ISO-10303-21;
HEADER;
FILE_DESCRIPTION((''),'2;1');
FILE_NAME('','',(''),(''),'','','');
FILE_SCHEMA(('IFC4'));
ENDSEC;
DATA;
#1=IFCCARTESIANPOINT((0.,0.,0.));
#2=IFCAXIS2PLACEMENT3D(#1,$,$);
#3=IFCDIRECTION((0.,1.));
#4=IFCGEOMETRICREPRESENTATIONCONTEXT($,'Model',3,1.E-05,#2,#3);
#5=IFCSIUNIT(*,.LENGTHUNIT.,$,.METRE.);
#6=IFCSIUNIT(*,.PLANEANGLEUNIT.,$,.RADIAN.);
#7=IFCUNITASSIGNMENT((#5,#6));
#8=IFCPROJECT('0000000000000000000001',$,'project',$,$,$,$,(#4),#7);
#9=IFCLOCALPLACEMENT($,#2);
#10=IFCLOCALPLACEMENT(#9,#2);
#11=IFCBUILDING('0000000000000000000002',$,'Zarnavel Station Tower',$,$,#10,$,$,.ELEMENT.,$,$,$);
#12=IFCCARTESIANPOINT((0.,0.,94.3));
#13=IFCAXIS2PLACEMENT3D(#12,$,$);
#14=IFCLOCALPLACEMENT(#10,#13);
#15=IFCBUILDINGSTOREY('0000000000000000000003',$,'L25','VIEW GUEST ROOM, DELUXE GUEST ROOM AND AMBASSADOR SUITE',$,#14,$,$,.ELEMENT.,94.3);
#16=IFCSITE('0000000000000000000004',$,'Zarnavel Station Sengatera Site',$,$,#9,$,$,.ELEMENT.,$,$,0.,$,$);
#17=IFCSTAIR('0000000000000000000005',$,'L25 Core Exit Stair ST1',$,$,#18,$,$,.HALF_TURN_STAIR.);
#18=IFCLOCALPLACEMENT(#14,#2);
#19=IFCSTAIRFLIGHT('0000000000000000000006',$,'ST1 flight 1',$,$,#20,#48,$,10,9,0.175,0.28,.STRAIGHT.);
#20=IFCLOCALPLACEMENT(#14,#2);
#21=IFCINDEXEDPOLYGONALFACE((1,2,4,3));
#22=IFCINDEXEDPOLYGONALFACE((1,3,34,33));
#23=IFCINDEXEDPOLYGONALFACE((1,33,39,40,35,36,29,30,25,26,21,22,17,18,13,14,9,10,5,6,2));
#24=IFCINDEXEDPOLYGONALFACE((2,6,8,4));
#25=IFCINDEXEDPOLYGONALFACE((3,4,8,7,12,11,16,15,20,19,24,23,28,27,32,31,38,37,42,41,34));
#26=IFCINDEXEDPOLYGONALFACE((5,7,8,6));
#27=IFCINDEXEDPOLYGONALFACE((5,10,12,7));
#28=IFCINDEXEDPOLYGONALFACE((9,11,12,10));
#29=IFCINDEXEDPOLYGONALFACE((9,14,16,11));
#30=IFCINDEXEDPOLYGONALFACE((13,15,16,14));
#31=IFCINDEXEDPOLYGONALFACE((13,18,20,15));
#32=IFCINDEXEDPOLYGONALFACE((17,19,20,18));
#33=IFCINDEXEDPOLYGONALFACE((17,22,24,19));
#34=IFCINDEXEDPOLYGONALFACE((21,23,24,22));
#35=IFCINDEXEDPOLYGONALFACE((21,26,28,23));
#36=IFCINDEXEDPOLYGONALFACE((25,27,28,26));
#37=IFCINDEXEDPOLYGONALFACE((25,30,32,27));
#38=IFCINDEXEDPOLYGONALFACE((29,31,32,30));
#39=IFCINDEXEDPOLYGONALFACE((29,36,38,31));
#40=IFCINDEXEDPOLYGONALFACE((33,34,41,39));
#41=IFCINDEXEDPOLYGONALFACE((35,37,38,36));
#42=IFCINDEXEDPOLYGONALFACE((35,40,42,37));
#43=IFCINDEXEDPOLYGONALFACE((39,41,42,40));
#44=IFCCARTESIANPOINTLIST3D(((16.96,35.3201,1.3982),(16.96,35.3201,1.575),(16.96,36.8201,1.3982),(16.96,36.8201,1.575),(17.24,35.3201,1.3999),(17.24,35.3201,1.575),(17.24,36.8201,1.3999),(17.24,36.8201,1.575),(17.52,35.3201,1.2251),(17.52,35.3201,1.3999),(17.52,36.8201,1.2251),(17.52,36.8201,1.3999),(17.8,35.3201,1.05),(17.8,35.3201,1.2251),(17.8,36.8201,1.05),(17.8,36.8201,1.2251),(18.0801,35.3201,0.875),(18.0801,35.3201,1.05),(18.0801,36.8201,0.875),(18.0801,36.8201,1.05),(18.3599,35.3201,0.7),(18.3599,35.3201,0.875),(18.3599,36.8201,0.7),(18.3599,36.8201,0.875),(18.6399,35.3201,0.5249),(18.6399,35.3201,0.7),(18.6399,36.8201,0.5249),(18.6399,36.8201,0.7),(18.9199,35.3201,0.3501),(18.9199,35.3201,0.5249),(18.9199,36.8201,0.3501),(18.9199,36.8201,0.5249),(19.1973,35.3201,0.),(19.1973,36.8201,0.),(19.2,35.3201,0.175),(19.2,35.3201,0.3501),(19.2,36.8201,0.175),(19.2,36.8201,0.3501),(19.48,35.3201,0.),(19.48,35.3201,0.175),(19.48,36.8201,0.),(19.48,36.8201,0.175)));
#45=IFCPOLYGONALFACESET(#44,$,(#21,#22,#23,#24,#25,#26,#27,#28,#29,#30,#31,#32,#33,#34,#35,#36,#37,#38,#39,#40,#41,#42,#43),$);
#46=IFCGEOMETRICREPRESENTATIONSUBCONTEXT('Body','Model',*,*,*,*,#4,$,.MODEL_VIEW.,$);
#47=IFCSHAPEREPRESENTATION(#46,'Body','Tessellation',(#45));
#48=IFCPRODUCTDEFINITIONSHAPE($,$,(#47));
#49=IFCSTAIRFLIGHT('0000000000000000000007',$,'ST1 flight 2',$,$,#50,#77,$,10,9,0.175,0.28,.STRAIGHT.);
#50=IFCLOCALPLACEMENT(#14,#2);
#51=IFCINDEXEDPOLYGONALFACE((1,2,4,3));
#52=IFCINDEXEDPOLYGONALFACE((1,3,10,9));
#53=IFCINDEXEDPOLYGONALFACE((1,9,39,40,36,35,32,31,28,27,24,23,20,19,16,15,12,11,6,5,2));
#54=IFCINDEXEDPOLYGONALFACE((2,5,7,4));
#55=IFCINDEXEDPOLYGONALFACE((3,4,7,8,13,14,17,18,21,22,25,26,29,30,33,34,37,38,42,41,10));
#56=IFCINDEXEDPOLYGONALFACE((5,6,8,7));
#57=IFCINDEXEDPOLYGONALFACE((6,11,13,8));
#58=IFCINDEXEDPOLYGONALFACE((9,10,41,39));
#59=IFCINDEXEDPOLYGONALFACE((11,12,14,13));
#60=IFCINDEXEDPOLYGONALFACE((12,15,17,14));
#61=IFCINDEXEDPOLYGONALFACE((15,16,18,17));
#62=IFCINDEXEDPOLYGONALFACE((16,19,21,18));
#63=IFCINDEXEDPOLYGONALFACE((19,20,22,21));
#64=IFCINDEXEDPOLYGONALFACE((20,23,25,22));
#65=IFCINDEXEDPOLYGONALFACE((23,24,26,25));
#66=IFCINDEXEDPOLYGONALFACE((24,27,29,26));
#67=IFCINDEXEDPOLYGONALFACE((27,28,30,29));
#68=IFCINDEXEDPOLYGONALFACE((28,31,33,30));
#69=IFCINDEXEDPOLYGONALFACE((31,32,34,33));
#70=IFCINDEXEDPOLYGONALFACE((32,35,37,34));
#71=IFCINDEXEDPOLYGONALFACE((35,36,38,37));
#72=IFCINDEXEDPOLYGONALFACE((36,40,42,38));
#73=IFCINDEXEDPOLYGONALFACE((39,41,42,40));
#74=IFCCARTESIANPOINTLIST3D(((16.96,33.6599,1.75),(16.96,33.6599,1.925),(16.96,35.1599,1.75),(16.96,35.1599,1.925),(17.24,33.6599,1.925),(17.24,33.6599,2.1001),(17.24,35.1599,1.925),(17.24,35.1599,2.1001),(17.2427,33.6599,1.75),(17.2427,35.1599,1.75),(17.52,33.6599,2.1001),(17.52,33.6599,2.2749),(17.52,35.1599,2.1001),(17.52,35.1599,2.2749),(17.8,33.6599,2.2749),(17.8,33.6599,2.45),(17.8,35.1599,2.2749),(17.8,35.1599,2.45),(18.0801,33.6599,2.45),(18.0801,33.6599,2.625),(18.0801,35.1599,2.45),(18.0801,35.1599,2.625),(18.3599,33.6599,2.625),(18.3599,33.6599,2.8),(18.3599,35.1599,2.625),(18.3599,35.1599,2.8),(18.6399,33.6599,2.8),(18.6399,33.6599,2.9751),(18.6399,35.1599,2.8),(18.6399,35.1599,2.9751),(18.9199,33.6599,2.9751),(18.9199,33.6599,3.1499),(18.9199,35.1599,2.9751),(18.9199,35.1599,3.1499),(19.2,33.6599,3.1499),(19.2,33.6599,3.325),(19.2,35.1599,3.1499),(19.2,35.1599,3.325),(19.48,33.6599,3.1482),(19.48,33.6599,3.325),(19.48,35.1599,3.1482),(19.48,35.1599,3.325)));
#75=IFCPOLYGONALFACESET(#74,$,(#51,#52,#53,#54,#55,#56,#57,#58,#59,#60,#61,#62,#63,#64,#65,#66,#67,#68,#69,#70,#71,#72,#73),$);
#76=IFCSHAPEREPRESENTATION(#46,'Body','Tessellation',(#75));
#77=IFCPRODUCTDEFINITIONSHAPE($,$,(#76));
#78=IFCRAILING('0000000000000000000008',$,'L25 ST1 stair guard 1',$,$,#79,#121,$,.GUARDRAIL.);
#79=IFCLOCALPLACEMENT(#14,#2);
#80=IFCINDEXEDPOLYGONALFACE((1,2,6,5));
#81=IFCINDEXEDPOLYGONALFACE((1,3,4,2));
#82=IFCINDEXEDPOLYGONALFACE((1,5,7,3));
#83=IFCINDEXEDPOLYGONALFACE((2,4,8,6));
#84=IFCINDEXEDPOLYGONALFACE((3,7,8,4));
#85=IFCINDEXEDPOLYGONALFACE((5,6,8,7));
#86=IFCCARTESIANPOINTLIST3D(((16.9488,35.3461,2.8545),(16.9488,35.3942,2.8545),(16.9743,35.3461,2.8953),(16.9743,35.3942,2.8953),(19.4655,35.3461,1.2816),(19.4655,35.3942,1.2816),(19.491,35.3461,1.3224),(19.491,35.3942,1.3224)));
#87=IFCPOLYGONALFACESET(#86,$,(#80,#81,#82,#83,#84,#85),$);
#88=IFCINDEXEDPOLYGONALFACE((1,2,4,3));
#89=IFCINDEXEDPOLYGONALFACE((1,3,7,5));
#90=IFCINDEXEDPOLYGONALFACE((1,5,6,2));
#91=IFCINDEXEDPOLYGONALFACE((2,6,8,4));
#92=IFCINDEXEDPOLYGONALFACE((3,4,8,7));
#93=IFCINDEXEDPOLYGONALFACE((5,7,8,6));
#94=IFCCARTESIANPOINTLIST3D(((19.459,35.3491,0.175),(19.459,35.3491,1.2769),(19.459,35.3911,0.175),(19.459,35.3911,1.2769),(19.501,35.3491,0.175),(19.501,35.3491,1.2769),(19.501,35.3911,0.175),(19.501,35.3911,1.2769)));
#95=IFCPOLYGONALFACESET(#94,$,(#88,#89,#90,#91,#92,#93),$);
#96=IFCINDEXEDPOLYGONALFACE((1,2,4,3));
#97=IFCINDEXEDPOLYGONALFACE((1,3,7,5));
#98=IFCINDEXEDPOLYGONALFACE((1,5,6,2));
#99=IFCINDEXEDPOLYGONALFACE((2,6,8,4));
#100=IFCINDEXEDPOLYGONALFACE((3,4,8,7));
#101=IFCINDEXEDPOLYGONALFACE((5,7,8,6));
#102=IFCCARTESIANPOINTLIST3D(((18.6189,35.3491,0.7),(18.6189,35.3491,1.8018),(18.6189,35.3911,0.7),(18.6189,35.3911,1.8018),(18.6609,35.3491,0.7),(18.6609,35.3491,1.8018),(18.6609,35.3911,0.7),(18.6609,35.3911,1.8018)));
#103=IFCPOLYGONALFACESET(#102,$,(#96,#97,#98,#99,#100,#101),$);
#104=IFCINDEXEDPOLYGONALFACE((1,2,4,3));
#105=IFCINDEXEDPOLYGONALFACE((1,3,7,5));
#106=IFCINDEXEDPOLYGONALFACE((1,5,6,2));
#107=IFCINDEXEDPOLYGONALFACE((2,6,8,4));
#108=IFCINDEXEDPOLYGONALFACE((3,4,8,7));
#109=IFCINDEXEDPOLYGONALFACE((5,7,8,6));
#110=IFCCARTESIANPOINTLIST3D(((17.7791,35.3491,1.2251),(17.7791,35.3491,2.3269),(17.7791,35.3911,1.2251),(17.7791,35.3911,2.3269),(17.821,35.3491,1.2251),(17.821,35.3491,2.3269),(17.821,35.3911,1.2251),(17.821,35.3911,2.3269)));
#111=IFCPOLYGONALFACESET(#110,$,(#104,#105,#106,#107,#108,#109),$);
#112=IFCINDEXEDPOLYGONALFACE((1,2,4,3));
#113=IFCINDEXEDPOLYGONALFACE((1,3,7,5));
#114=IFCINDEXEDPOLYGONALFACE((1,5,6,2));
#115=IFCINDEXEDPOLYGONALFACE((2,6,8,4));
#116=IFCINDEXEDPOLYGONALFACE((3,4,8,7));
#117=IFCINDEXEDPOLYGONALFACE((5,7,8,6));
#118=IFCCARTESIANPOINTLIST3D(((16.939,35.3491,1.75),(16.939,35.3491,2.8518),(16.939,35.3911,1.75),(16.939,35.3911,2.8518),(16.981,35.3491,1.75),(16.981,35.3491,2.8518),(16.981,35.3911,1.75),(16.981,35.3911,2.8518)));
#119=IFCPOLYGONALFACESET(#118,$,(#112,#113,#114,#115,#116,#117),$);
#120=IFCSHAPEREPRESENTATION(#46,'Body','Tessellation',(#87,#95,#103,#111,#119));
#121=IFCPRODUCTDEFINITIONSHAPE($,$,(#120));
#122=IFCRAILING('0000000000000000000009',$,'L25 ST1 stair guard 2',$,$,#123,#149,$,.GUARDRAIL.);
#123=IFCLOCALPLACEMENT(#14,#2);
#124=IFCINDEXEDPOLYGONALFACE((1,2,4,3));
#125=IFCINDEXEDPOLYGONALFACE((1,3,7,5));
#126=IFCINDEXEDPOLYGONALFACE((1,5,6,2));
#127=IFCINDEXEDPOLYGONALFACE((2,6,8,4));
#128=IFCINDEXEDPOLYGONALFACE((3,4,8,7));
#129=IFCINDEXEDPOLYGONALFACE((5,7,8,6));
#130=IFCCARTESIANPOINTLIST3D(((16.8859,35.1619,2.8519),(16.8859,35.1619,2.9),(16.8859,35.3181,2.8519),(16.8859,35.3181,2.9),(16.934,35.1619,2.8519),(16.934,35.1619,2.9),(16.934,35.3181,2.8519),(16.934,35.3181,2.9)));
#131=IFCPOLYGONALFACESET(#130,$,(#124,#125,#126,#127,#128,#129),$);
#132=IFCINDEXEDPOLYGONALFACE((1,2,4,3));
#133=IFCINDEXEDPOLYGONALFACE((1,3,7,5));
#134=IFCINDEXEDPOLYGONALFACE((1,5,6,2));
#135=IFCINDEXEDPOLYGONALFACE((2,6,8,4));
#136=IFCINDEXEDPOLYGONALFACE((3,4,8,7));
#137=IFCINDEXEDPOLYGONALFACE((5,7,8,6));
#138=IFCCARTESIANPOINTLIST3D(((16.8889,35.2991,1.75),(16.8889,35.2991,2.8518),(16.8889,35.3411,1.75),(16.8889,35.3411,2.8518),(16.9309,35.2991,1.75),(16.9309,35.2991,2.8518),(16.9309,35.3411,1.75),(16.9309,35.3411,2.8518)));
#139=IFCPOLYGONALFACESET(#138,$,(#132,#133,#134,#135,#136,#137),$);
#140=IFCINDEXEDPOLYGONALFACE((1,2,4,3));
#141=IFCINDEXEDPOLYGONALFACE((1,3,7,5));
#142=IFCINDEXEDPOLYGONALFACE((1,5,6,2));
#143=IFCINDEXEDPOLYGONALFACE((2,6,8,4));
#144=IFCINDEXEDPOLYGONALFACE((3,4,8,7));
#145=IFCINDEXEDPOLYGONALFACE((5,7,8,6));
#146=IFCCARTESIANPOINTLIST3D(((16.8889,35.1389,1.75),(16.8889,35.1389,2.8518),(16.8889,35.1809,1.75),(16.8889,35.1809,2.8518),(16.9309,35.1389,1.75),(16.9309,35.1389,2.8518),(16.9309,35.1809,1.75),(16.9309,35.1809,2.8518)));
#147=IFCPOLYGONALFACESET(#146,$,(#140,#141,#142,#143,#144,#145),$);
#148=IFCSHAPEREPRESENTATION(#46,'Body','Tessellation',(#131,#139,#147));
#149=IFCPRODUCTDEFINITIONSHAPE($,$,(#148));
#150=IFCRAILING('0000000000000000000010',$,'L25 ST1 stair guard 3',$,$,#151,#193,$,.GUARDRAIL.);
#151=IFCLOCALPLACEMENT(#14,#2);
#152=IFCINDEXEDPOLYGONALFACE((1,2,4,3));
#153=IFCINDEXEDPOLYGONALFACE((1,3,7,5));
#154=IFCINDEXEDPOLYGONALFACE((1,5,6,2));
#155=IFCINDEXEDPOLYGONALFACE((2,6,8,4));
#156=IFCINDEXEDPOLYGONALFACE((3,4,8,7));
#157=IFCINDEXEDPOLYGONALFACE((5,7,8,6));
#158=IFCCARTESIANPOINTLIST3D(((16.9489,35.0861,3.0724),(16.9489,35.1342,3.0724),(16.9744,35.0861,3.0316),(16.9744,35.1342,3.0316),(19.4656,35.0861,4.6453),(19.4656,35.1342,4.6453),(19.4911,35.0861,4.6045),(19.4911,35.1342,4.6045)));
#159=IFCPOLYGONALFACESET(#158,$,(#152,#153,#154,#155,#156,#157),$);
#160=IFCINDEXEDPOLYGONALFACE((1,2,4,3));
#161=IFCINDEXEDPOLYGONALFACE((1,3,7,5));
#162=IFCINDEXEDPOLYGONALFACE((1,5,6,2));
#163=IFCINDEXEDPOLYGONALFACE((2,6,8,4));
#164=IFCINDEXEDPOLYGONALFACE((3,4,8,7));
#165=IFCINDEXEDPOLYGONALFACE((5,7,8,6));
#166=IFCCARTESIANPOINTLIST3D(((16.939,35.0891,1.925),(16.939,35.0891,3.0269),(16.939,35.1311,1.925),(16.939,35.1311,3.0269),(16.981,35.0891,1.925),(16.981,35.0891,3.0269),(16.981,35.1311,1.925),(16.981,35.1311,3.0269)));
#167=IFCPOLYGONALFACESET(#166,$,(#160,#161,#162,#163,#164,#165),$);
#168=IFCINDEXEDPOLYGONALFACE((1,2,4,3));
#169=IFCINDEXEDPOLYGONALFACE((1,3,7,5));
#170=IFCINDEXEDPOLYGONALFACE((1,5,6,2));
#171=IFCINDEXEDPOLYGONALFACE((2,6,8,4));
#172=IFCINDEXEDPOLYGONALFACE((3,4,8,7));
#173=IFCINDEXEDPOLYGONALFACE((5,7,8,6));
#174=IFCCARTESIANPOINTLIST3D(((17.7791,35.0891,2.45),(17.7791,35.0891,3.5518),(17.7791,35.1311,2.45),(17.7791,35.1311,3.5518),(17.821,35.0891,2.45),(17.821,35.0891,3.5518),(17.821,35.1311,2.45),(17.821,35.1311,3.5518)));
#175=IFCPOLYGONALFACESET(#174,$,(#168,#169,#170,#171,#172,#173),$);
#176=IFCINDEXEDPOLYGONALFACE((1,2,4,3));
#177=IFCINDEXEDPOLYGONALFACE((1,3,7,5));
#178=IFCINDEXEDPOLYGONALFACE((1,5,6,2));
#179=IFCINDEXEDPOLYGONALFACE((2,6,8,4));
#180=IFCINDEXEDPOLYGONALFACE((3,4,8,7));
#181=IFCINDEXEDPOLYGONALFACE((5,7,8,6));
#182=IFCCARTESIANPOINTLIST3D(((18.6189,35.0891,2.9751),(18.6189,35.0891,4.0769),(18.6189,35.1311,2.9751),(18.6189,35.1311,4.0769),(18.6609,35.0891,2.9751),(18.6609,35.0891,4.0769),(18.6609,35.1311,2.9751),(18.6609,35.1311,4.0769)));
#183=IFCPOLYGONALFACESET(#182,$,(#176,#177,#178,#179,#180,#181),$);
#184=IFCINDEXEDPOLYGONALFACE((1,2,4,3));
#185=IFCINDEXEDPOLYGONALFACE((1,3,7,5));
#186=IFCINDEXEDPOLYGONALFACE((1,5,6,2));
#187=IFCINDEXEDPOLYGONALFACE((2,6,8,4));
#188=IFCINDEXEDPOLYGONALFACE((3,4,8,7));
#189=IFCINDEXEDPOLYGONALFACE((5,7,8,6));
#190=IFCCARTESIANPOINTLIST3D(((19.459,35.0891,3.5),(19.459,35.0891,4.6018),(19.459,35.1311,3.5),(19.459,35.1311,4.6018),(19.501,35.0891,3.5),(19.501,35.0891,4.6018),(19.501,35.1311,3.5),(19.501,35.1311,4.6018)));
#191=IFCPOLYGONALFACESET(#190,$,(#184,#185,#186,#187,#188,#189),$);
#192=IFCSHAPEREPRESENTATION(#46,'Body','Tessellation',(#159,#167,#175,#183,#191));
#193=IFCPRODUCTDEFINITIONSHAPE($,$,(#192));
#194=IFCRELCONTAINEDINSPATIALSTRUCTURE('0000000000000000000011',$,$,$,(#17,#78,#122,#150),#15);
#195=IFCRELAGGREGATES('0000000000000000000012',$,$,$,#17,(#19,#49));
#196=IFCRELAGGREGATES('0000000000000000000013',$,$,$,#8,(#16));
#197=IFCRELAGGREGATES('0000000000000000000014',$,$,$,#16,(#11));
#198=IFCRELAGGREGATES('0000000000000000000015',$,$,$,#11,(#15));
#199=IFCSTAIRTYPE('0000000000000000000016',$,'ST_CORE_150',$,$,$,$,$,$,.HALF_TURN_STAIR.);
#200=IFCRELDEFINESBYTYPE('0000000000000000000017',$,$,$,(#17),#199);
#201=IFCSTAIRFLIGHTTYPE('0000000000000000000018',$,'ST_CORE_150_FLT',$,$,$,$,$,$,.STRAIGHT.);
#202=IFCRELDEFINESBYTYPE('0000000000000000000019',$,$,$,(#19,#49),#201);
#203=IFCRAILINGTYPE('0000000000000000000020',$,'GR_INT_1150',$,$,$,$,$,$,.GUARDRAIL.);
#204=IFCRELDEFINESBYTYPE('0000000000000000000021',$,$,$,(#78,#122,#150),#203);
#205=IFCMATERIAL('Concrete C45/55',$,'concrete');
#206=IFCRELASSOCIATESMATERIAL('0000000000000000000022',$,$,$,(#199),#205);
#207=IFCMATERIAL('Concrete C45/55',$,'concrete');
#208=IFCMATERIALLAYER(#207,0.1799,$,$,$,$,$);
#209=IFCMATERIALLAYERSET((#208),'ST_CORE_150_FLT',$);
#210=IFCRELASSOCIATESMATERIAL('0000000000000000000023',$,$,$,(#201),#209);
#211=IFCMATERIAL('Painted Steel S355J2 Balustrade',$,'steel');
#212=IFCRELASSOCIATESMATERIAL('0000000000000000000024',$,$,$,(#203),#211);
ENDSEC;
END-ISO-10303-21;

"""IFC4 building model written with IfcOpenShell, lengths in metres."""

from ifc_helpers import new_model, si_unit, direction, frame, origin, origin_2d, place, context, subcontext, project, spatial, polyline, rectangle, outline, extrude, material, layer, layer_set, type_object, element, aggregate, save


model = new_model("IFC4")

# Units and contexts
model_context = context("Model", 3, precision=1e-05, world=origin(), true_north=direction((0.0, 1.0)))
body_context = subcontext(model_context, "Body", "Model", "MODEL_VIEW")
ifc_project = project(units=[si_unit("LENGTHUNIT", "METRE"), si_unit("PLANEANGLEUNIT", "RADIAN")], contexts=[model_context])

# Site, building, storey
site_placement = place(None, origin())
site = spatial("IfcSite", under=ifc_project, at=site_placement, Name="Zarnavel Station Sengatera Site", CompositionType="ELEMENT", RefElevation=0.0)
building_placement = place(site_placement, origin())
building = spatial("IfcBuilding", under=site, at=building_placement, Name="Zarnavel Station Tower", CompositionType="ELEMENT")
storey_placement = place(building_placement, frame((0.0, 0.0, 94.3)))
storey = spatial("IfcBuildingStorey", under=building, at=storey_placement, Name="L25", Description="VIEW GUEST ROOM, DELUXE GUEST ROOM AND AMBASSADOR SUITE", CompositionType="ELEMENT", Elevation=94.3)

# Stair, stair flights
ifc_material_1 = material(Name="Concrete C45/55", Category="concrete")
stair_type = type_object("IfcStairType", Name="ST_CORE_150", PredefinedType="HALF_TURN_STAIR", material=ifc_material_1)
stair_placement = place(storey_placement, origin())
stair = element("IfcStair", 1, at=stair_placement, inside=storey, type_object=stair_type, Name="L25 Core Exit Stair ST1", PredefinedType="HALF_TURN_STAIR")
ifc_material_2 = material(Name="Concrete C45/55", Category="concrete")
ifc_layer_1 = layer(ifc_material_2, 0.1799)
ifc_layer_set_1 = layer_set([ifc_layer_1], Name="ST_CORE_150_FLT")
stair_flight_type = type_object("IfcStairFlightType", Name="ST_CORE_150_FLT", PredefinedType="STRAIGHT", material=ifc_layer_set_1)
stair_flight_1_placement = place(storey_placement, frame((19.48, 36.0701, 0.0), z_axis=(0.0, 0.0, 1.0), x_axis=(-1.0, 0.0, 0.0)))
stair_flight_1 = element("IfcStairFlight", 2, at=stair_flight_1_placement, type_object=stair_flight_type, Name="ST1 flight 1", NumberOfRisers=10, NumberOfTreads=9, PredefinedType="STRAIGHT", RiserHeight=0.175, TreadLength=0.28, context=body_context, shape_type="SweptSolid", body=[
    extrude(outline(polyline([(0.0, 0.0), (0.0, 0.175), (0.28, 0.175), (0.28, 0.3501), (0.5601, 0.3501), (0.5601, 0.5249), (0.8401, 0.5249), (0.8401, 0.7), (1.1201, 0.7), (1.1201, 0.875), (1.3999, 0.875), (1.3999, 1.05), (1.6799, 1.05), (1.6799, 1.2251), (1.96, 1.2251), (1.96, 1.3999), (2.24, 1.3999), (2.24, 1.575), (2.52, 1.575), (2.52, 1.75), (2.52, 1.3982), (0.2827, 0.0), (0.0, 0.0)])), frame((0.0, 0.75, 0.0), z_axis=(0.0, -1.0, 0.0), x_axis=(1.0, 0.0, 0.0)), (0.0, 0.0, 1.0), 1.5),
])
stair_flight_2_placement = place(storey_placement, frame((16.96, 34.4099, 1.75), z_axis=(0.0, 0.0, 1.0), x_axis=(1.0, 0.0, 0.0)))
stair_flight_2 = element("IfcStairFlight", 3, at=stair_flight_2_placement, type_object=stair_flight_type, Name="ST1 flight 2", NumberOfRisers=10, NumberOfTreads=9, PredefinedType="STRAIGHT", RiserHeight=0.175, TreadLength=0.28, context=body_context, shape_type="SweptSolid", body=[
    extrude(outline(polyline([(0.0, 0.0), (0.0, 0.175), (0.28, 0.175), (0.28, 0.3501), (0.5601, 0.3501), (0.5601, 0.5249), (0.8401, 0.5249), (0.8401, 0.7), (1.1201, 0.7), (1.1201, 0.875), (1.3999, 0.875), (1.3999, 1.05), (1.6799, 1.05), (1.6799, 1.2251), (1.96, 1.2251), (1.96, 1.3999), (2.24, 1.3999), (2.24, 1.575), (2.52, 1.575), (2.52, 1.75), (2.52, 1.3982), (0.2827, 0.0), (0.0, 0.0)])), frame((0.0, 0.75, 0.0), z_axis=(0.0, -1.0, 0.0), x_axis=(1.0, 0.0, 0.0)), (0.0, 0.0, 1.0), 1.5),
])
aggregate(stair, [stair_flight_1, stair_flight_2])

# Railings
ifc_material_3 = material(Name="Painted Steel S355J2 Balustrade", Category="steel")
railing_type_1 = type_object("IfcRailingType", Name="GR_INT_1150", PredefinedType="GUARDRAIL", material=ifc_material_3)
railing_1_placement = place(storey_placement, frame((19.48, 35.3701, 0.175)))
element("IfcRailing", 4, at=railing_1_placement, inside=storey, type_object=railing_type_1, Name="L25 ST1 stair guard 1", PredefinedType="GUARDRAIL", context=body_context, shape_type="SweptSolid", body=[
    extrude(rectangle(XDim=0.0481, YDim=0.0481, at=origin_2d()), frame((-0.0017, 0.0, 1.127), z_axis=(-0.848008, 0.0, 0.529984), x_axis=(0.0, -1.0, 0.0)), (0.0, 0.0, 1.0), 2.9678),
    extrude(rectangle(XDim=0.042, YDim=0.042, at=origin_2d()), origin(), (0.0, 0.0, 1.0), 1.1018),
    extrude(rectangle(XDim=0.042, YDim=0.042, at=origin_2d()), frame((-0.8401, 0.0, 0.5249)), (0.0, 0.0, 1.0), 1.1018),
    extrude(rectangle(XDim=0.042, YDim=0.042, at=origin_2d()), frame((-1.6799, 0.0, 1.05)), (0.0, 0.0, 1.0), 1.1018),
    extrude(rectangle(XDim=0.042, YDim=0.042, at=origin_2d()), frame((-2.52, 0.0, 1.575)), (0.0, 0.0, 1.0), 1.1018),
])
railing_2_placement = place(storey_placement, frame((16.9099, 35.3201, 1.75)))
element("IfcRailing", 5, at=railing_2_placement, inside=storey, type_object=railing_type_1, Name="L25 ST1 stair guard 2", PredefinedType="GUARDRAIL", context=body_context, shape_type="SweptSolid", body=[
    extrude(rectangle(XDim=0.0481, YDim=0.0481, at=origin_2d()), frame((0.0, -0.002, 1.126), z_axis=(0.0, -1.0, 0.0), x_axis=(1.0, 0.0, 0.0)), (0.0, 0.0, 1.0), 0.1562),
    extrude(rectangle(XDim=0.042, YDim=0.042, at=origin_2d()), origin(), (0.0, 0.0, 1.0), 1.1018),
    extrude(rectangle(XDim=0.042, YDim=0.042, at=origin_2d()), frame((0.0, -0.1602, 0.0)), (0.0, 0.0, 1.0), 1.1018),
])
railing_3_placement = place(storey_placement, frame((16.96, 35.1101, 1.925)))
element("IfcRailing", 6, at=railing_3_placement, inside=storey, type_object=railing_type_1, Name="L25 ST1 stair guard 3", PredefinedType="GUARDRAIL", context=body_context, shape_type="SweptSolid", body=[
    extrude(rectangle(XDim=0.0481, YDim=0.0481, at=origin_2d()), frame((0.0017, 0.0, 1.127), z_axis=(0.848008, 0.0, 0.529984), x_axis=(0.0, 1.0, 0.0)), (0.0, 0.0, 1.0), 2.9678),
    extrude(rectangle(XDim=0.042, YDim=0.042, at=origin_2d()), origin(), (0.0, 0.0, 1.0), 1.1018),
    extrude(rectangle(XDim=0.042, YDim=0.042, at=origin_2d()), frame((0.8401, 0.0, 0.5249)), (0.0, 0.0, 1.0), 1.1018),
    extrude(rectangle(XDim=0.042, YDim=0.042, at=origin_2d()), frame((1.6799, 0.0, 1.05)), (0.0, 0.0, 1.0), 1.1018),
    extrude(rectangle(XDim=0.042, YDim=0.042, at=origin_2d()), frame((2.52, 0.0, 1.575)), (0.0, 0.0, 1.0), 1.1018),
])

save(model, "model.ifc")
